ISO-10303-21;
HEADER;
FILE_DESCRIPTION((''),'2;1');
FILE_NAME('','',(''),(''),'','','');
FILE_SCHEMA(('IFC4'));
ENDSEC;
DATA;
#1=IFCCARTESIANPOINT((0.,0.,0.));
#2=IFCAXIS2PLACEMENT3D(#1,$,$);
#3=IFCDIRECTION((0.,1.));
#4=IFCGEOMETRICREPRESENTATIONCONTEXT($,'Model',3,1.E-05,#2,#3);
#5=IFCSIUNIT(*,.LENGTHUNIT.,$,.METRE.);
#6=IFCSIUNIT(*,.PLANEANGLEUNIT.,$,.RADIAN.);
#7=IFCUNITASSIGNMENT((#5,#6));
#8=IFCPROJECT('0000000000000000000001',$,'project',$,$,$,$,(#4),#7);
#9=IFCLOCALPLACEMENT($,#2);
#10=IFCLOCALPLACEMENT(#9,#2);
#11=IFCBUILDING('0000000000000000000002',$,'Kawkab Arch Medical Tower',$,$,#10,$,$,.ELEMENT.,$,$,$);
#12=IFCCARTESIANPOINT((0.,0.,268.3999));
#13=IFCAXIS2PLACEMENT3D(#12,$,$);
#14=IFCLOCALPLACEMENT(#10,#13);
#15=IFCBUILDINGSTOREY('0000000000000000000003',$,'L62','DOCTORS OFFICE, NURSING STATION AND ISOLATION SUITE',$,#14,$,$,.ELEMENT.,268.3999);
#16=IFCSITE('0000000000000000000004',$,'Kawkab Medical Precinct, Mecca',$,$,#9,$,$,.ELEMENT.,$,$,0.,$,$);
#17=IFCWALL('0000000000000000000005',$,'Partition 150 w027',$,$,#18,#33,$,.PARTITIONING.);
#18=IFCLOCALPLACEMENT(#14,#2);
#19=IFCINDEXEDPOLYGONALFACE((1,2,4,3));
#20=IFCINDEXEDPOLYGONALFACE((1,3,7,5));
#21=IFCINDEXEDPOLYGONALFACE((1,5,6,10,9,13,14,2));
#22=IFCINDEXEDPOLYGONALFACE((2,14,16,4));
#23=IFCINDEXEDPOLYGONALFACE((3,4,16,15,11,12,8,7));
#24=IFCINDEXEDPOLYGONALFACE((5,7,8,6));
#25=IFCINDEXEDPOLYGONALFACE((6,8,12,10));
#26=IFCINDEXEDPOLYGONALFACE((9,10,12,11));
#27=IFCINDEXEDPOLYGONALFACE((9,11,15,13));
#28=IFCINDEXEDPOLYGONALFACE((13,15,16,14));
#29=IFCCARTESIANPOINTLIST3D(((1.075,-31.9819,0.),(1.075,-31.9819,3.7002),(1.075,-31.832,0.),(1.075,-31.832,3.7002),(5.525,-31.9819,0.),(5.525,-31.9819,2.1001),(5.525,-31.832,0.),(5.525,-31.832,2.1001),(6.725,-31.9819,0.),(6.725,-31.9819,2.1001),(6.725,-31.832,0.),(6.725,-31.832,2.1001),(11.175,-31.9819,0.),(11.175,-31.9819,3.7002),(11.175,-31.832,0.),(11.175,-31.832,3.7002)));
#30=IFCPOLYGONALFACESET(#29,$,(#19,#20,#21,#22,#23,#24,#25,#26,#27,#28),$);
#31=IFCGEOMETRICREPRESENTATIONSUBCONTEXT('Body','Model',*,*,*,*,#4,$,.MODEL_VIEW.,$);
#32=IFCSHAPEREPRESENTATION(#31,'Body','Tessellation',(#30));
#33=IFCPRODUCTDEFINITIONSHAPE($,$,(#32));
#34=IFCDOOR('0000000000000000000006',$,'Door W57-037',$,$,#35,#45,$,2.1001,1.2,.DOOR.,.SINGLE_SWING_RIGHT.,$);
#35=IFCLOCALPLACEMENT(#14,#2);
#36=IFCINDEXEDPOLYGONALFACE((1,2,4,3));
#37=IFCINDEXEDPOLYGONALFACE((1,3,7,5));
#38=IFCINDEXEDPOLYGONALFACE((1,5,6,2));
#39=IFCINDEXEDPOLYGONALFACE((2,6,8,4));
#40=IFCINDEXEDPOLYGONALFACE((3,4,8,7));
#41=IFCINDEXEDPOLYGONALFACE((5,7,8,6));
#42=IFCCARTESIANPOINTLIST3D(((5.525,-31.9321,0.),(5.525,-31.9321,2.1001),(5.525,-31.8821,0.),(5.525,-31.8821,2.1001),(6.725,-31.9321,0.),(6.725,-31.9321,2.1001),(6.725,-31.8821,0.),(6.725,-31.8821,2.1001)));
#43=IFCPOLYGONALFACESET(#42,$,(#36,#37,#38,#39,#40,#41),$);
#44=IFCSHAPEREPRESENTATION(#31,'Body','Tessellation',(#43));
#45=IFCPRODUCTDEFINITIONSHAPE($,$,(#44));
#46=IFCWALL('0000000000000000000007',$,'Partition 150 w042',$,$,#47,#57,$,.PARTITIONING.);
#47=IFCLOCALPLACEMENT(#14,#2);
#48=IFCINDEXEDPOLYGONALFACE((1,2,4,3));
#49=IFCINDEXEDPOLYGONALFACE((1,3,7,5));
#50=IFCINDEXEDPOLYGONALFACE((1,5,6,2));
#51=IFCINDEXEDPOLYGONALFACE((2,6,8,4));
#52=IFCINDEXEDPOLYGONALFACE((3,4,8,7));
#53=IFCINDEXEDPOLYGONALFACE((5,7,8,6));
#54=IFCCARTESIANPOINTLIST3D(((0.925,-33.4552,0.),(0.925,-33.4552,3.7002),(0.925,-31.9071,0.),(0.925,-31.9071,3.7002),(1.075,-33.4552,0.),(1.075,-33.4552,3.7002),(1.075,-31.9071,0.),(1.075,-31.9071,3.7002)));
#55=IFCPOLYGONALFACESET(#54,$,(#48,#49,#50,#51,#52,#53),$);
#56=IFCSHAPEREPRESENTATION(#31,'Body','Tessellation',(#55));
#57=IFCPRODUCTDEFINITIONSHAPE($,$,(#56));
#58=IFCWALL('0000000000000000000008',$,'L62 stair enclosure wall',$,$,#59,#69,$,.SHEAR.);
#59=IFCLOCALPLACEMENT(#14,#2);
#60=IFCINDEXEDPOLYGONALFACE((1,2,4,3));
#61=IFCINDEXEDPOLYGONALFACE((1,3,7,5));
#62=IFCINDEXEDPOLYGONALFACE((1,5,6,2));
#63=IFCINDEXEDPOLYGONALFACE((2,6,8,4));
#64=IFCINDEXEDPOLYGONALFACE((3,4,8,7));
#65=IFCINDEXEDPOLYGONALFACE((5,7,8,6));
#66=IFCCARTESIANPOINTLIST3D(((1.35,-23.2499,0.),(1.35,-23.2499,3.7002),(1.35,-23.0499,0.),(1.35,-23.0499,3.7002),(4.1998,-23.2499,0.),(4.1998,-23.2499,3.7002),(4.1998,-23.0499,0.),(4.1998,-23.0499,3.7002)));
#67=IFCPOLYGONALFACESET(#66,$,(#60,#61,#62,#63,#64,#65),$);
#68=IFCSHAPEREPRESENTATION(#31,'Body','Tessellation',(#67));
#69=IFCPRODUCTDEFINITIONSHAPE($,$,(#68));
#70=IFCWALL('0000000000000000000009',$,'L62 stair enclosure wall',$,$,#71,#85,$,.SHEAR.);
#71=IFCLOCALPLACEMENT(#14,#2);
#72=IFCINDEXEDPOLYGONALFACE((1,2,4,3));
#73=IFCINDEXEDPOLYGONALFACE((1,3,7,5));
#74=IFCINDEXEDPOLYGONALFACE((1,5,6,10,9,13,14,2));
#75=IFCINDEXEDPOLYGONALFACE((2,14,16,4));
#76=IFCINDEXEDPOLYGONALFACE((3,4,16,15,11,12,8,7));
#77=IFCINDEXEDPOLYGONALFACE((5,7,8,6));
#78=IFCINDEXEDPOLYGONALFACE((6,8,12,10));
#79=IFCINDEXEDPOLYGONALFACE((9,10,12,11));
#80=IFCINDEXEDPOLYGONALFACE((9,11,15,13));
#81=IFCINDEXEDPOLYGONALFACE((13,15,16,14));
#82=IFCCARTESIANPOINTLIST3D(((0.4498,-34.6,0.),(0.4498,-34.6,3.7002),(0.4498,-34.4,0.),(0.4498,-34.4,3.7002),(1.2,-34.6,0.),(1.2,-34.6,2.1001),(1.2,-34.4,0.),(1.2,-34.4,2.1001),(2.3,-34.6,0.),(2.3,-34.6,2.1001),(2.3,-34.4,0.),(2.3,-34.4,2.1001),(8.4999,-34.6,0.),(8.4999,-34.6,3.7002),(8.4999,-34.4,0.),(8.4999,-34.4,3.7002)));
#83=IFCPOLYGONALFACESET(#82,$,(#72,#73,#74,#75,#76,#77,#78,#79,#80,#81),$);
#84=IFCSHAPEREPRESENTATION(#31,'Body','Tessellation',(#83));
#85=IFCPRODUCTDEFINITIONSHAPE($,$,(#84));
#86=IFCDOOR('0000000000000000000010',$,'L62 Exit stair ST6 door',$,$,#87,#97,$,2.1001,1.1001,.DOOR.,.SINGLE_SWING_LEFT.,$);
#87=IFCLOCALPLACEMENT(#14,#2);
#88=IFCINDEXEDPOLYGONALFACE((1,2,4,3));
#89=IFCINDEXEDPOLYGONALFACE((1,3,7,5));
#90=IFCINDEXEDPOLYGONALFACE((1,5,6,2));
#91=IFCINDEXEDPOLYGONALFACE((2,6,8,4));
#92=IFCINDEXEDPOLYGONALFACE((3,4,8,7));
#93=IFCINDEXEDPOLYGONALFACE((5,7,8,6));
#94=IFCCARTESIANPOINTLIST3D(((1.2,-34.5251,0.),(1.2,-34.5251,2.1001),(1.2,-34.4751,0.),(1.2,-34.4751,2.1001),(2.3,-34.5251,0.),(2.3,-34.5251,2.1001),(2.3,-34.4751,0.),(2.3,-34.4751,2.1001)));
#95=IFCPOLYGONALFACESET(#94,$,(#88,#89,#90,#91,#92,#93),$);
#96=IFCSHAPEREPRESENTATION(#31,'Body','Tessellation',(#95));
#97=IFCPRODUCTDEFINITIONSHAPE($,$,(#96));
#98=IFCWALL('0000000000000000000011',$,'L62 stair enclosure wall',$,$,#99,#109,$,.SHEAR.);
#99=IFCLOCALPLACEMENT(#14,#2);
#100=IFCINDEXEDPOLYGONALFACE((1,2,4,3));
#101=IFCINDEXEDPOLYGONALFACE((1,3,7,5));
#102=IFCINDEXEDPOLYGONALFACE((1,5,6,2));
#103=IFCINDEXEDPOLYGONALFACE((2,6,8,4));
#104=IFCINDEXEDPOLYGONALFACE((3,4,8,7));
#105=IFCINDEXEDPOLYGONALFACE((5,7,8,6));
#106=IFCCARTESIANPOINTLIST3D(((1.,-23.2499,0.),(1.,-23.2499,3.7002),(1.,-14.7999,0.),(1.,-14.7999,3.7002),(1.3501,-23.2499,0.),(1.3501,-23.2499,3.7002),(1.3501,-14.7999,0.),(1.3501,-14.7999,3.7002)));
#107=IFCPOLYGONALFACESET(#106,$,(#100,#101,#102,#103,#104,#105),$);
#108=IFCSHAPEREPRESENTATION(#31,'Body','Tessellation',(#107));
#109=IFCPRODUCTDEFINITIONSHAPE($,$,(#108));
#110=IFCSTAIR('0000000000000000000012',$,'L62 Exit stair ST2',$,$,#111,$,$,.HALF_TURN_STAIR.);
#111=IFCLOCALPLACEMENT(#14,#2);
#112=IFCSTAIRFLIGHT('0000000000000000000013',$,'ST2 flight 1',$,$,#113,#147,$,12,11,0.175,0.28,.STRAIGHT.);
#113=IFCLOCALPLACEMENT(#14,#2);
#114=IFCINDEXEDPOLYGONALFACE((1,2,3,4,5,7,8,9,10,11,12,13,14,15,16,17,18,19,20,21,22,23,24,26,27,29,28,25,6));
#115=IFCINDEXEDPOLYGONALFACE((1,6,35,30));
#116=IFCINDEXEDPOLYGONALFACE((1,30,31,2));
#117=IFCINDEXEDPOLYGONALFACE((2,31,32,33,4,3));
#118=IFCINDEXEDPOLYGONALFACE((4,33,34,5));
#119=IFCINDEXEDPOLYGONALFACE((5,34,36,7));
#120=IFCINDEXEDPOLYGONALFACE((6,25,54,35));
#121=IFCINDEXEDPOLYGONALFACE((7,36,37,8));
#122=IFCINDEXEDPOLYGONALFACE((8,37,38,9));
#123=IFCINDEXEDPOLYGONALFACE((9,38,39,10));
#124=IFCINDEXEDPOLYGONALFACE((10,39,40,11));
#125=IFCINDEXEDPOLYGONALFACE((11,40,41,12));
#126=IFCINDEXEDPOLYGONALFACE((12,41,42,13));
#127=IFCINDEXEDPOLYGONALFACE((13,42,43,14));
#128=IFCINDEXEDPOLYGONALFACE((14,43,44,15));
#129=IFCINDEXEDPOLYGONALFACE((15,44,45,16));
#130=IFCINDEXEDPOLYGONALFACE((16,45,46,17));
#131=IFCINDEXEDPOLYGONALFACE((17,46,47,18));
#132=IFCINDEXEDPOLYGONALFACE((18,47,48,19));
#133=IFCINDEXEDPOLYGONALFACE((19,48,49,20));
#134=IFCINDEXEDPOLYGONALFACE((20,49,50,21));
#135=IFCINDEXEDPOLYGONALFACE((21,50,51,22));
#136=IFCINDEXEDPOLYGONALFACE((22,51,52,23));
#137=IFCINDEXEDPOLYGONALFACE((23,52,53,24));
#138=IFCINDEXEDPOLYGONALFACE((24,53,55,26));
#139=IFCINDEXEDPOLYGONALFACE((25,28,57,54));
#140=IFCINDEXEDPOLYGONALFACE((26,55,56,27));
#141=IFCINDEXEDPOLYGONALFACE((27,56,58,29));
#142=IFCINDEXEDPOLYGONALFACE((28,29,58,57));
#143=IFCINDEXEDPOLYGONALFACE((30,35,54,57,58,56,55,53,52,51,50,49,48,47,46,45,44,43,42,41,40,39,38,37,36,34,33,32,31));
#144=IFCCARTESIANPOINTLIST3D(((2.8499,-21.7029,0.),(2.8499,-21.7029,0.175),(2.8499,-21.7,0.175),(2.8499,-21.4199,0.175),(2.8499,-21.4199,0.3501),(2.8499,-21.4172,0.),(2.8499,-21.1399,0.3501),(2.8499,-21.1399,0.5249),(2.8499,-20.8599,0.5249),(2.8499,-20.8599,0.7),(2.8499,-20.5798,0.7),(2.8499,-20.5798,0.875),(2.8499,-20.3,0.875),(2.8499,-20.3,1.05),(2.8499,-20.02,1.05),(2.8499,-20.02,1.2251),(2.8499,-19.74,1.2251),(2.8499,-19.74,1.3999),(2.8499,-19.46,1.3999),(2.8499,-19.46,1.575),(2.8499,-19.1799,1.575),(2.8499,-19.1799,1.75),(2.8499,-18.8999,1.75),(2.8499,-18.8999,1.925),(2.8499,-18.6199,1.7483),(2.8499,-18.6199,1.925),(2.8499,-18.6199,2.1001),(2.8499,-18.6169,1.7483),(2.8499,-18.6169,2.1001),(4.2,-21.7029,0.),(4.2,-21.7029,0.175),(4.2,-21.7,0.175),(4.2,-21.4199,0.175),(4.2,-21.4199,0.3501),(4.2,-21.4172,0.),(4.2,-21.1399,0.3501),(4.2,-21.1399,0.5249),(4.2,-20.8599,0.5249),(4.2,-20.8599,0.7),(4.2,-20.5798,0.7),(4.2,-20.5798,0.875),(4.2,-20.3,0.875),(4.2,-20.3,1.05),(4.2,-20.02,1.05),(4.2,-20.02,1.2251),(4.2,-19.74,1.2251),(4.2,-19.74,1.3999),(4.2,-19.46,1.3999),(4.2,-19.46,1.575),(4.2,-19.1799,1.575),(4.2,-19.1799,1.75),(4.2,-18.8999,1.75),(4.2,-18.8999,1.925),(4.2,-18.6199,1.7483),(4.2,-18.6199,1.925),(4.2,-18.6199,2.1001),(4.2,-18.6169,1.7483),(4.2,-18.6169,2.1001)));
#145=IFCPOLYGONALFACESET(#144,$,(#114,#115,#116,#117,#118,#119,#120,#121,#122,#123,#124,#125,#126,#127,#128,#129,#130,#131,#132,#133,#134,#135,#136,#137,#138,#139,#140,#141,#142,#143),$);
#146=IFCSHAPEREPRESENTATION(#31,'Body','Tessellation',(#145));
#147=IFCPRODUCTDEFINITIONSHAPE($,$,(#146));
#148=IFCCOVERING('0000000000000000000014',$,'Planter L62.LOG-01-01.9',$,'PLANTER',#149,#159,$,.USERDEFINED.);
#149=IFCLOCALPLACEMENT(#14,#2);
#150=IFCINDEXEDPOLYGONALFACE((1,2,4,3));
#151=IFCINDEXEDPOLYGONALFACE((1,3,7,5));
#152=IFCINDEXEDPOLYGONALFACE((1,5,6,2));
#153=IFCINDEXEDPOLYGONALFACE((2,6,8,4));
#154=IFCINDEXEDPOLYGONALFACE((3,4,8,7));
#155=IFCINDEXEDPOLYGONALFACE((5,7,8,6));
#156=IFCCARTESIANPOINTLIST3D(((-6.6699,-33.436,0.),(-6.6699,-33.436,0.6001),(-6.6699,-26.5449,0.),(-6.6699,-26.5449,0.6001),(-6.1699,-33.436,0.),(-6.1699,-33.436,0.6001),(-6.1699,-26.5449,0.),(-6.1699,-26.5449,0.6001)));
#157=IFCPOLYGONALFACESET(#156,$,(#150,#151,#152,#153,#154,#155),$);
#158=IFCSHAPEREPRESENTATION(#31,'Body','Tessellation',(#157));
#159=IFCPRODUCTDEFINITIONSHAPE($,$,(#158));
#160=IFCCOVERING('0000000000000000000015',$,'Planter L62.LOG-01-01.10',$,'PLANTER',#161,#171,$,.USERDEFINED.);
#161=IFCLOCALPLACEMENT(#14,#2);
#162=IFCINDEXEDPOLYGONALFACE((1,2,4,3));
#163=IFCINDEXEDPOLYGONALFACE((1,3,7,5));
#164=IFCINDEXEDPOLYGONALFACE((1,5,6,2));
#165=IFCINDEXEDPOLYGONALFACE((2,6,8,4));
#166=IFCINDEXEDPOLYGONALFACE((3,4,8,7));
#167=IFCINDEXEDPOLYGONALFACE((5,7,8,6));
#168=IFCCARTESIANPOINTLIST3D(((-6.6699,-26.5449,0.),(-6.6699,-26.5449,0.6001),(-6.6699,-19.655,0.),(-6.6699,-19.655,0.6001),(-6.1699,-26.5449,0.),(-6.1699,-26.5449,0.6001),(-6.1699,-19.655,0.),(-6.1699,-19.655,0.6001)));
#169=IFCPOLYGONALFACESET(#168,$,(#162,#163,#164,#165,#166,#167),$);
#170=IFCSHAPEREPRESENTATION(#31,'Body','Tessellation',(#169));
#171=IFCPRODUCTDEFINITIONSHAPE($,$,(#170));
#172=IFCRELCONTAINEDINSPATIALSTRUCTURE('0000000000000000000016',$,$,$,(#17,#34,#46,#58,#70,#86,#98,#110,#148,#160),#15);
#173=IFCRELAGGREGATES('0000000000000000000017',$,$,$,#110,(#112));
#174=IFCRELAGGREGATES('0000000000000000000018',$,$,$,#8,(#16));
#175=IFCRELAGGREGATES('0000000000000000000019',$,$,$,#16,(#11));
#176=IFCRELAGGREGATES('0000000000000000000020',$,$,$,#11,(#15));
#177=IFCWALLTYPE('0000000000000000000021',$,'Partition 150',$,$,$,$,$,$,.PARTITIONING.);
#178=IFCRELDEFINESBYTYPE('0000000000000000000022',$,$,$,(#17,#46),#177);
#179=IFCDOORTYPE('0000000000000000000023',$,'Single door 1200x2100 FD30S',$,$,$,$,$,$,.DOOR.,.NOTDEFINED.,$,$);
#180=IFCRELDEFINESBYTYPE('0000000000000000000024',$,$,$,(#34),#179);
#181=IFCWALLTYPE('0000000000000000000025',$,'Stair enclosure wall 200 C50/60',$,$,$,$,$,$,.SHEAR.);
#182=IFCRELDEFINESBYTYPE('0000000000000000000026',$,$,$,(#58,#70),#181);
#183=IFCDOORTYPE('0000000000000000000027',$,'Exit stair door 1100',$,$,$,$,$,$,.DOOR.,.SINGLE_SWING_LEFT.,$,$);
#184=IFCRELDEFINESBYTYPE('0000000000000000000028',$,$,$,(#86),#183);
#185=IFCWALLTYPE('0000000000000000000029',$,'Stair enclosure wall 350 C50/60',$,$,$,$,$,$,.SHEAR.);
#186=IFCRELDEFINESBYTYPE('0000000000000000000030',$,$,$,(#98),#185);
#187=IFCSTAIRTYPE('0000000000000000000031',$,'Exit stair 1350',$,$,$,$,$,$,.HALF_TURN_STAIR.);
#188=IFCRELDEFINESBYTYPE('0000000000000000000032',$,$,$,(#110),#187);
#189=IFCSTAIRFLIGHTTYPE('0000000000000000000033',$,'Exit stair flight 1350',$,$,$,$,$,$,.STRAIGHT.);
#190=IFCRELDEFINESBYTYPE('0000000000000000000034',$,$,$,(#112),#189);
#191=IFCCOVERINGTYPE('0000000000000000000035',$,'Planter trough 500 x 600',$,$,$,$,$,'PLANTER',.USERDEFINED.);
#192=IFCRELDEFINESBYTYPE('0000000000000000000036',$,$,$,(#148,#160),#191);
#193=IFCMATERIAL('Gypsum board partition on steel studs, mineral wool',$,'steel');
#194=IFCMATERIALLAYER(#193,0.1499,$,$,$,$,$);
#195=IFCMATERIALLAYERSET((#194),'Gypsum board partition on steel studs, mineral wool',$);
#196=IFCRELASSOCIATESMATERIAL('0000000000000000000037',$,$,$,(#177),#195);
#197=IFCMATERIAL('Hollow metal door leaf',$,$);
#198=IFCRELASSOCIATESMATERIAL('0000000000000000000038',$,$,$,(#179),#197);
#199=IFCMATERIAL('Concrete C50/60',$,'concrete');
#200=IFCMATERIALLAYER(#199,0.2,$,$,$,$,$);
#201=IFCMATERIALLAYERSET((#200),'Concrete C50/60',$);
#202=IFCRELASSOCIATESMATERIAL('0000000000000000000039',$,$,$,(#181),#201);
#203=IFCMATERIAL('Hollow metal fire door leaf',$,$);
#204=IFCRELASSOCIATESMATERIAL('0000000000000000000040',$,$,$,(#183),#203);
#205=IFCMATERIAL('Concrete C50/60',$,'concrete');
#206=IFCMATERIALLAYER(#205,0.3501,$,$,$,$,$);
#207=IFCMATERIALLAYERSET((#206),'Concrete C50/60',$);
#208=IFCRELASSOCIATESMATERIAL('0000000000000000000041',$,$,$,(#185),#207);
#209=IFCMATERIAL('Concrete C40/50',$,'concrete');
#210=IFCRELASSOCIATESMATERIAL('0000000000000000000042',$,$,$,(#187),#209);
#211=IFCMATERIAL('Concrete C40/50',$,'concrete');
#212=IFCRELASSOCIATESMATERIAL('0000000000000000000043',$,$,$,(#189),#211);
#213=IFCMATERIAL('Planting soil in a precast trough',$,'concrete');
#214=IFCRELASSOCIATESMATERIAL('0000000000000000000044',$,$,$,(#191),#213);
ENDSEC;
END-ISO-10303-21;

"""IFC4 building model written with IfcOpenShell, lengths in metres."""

from ifc_helpers import new_model, si_unit, direction, frame, frame_2d, origin, origin_2d, place, context, subcontext, project, spatial, polyline, rectangle, outline, extrude, material, layer, layer_set, material_profile, profile_set, type_object, element, fill, aggregate, save


model = new_model("IFC4")

# Units and contexts
model_context = context("Model", 3, precision=1e-05, world=origin(), true_north=direction((0.0, 1.0)))
body_context = subcontext(model_context, "Body", "Model", "MODEL_VIEW")
ifc_project = project(units=[si_unit("LENGTHUNIT", "METRE"), si_unit("PLANEANGLEUNIT", "RADIAN")], contexts=[model_context])

# Site, building, storey
site_placement = place(None, origin())
site = spatial("IfcSite", under=ifc_project, at=site_placement, Name="Kawkab Medical Precinct, Mecca", CompositionType="ELEMENT", RefElevation=0.0)
building_placement = place(site_placement, origin())
building = spatial("IfcBuilding", under=site, at=building_placement, Name="Kawkab Arch Medical Tower", CompositionType="ELEMENT")
storey_placement = place(building_placement, frame((0.0, 0.0, 268.3999)))
storey = spatial("IfcBuildingStorey", under=building, at=storey_placement, Name="L62", Description="DOCTORS OFFICE, NURSING STATION AND ISOLATION SUITE", CompositionType="ELEMENT", Elevation=268.3999)

# Shared definitions
placement = place(storey_placement, origin())

# Shared definitions
ifc_material_1 = material(Name="Gypsum board partition on steel studs, mineral wool", Category="steel")
ifc_layer_1 = layer(ifc_material_1, 0.1499)
ifc_layer_set_1 = layer_set([ifc_layer_1], Name="Gypsum board partition on steel studs, mineral wool")
wall_type_1 = type_object("IfcWallType", Name="Partition 150", PredefinedType="PARTITIONING", material=ifc_layer_set_1)

# Wall, opening, door
wall_1_placement = place(storey_placement, frame((1.075, -31.907, 0.0), z_axis=(0.0, 0.0, 1.0), x_axis=(1.0, 0.0, 0.0)))
wall_1 = element("IfcWall", 1, at=wall_1_placement, inside=storey, type_object=wall_type_1, Name="Partition 150 w027", PredefinedType="PARTITIONING", context=body_context, shape_type="SweptSolid", body=[
    extrude(rectangle(XDim=10.1001, YDim=0.1499, at=frame_2d((5.05, 0.0))), origin(), (0.0, 0.0, 1.0), 3.7002),
])
opening_1_placement = place(wall_1_placement, frame((4.45, 0.0, 0.0)))
opening_1 = element("IfcOpeningElement", 2, at=opening_1_placement, cuts=wall_1, PredefinedType="OPENING", context=body_context, shape_type="SweptSolid", body=[
    extrude(rectangle(XDim=1.2, YDim=2.1001, at=frame_2d((0.6001, 1.05))), frame((0.0, 0.085, 0.0), z_axis=(0.0, -1.0, 0.0), x_axis=(1.0, 0.0, 0.0)), (0.0, 0.0, 1.0), 0.1699),
])
ifc_material_2 = material(Name="Hollow metal door leaf")
door_type_1 = type_object("IfcDoorType", Name="Single door 1200x2100 FD30S", OperationType="NOTDEFINED", PredefinedType="DOOR", material=ifc_material_2)
door_1_placement = place(opening_1_placement, origin())
door_1 = element("IfcDoor", 3, at=door_1_placement, inside=storey, type_object=door_type_1, Name="Door W57-037", OperationType="SINGLE_SWING_RIGHT", OverallHeight=2.1001, OverallWidth=1.2, PredefinedType="DOOR", context=body_context, shape_type="SweptSolid", body=[
    extrude(rectangle(XDim=1.2, YDim=2.1001, at=frame_2d((0.6001, 1.05))), frame((0.0, 0.0249, 0.0), z_axis=(0.0, -1.0, 0.0), x_axis=(1.0, 0.0, 0.0)), (0.0, 0.0, 1.0), 0.05),
])
fill(opening_1, door_1)

# Walls
wall_2_placement = place(storey_placement, frame((1.0, -33.4551, 0.0), z_axis=(0.0, 0.0, 1.0), x_axis=(0.0, 1.0, 0.0)))
element("IfcWall", 4, at=wall_2_placement, inside=storey, type_object=wall_type_1, Name="Partition 150 w042", PredefinedType="PARTITIONING", context=body_context, shape_type="SweptSolid", body=[
    extrude(rectangle(XDim=1.5481, YDim=0.1499, at=frame_2d((0.7739, 0.0))), origin(), (0.0, 0.0, 1.0), 3.7002),
])
ifc_material_3 = material(Name="Concrete C50/60", Category="concrete")
ifc_layer_2 = layer(ifc_material_3, 0.2)
ifc_layer_set_2 = layer_set([ifc_layer_2], Name="Concrete C50/60")
wall_type_2 = type_object("IfcWallType", Name="Stair enclosure wall 200 C50/60", PredefinedType="SHEAR", material=ifc_layer_set_2)
wall_3_placement = place(storey_placement, frame((1.3501, -23.1499, 0.0), z_axis=(0.0, 0.0, 1.0), x_axis=(1.0, 0.0, 0.0)))
element("IfcWall", 5, at=wall_3_placement, inside=storey, type_object=wall_type_2, Name="L62 stair enclosure wall", PredefinedType="SHEAR", context=body_context, shape_type="SweptSolid", body=[
    extrude(rectangle(XDim=2.8499, YDim=0.2, at=frame_2d((1.4248, 0.0))), origin(), (0.0, 0.0, 1.0), 3.7002),
])

# Wall, opening, door
wall_4_placement = place(storey_placement, frame((0.45, -34.5, 0.0), z_axis=(0.0, 0.0, 1.0), x_axis=(1.0, 0.0, 0.0)))
wall_4 = element("IfcWall", 6, at=wall_4_placement, inside=storey, type_object=wall_type_2, Name="L62 stair enclosure wall", PredefinedType="SHEAR", context=body_context, shape_type="SweptSolid", body=[
    extrude(rectangle(XDim=8.05, YDim=0.2, at=frame_2d((4.0249, 0.0))), origin(), (0.0, 0.0, 1.0), 3.7002),
])
opening_2_placement = place(wall_4_placement, frame((0.75, 0.0, 0.0)))
opening_2 = element("IfcOpeningElement", 7, at=opening_2_placement, cuts=wall_4, PredefinedType="OPENING", context=body_context, shape_type="SweptSolid", body=[
    extrude(rectangle(XDim=1.1001, YDim=2.1001, at=frame_2d((0.55, 1.05))), frame((0.0, 0.1099, 0.0), z_axis=(0.0, -1.0, 0.0), x_axis=(1.0, 0.0, 0.0)), (0.0, 0.0, 1.0), 0.22),
])
ifc_material_4 = material(Name="Hollow metal fire door leaf")
door_type_2 = type_object("IfcDoorType", Name="Exit stair door 1100", OperationType="SINGLE_SWING_LEFT", PredefinedType="DOOR", material=ifc_material_4)
door_2_placement = place(opening_2_placement, origin())
door_2 = element("IfcDoor", 8, at=door_2_placement, inside=storey, type_object=door_type_2, Name="L62 Exit stair ST6 door", OperationType="SINGLE_SWING_LEFT", OverallHeight=2.1001, OverallWidth=1.1001, PredefinedType="DOOR", context=body_context, shape_type="SweptSolid", body=[
    extrude(rectangle(XDim=1.1001, YDim=2.1001, at=frame_2d((0.55, 1.05))), frame((0.0, 0.0249, 0.0), z_axis=(0.0, -1.0, 0.0), x_axis=(1.0, 0.0, 0.0)), (0.0, 0.0, 1.0), 0.05),
])
fill(opening_2, door_2)

# Wall
ifc_material_5 = material(Name="Concrete C50/60", Category="concrete")
ifc_layer_3 = layer(ifc_material_5, 0.3501)
ifc_layer_set_3 = layer_set([ifc_layer_3], Name="Concrete C50/60")
wall_type_3 = type_object("IfcWallType", Name="Stair enclosure wall 350 C50/60", PredefinedType="SHEAR", material=ifc_layer_set_3)
wall_5_placement = place(storey_placement, frame((1.175, -23.25, 0.0), z_axis=(0.0, 0.0, 1.0), x_axis=(0.0, 1.0, 0.0)))
element("IfcWall", 9, at=wall_5_placement, inside=storey, type_object=wall_type_3, Name="L62 stair enclosure wall", PredefinedType="SHEAR", context=body_context, shape_type="SweptSolid", body=[
    extrude(rectangle(XDim=8.45, YDim=0.3501, at=frame_2d((4.2251, 0.0))), origin(), (0.0, 0.0, 1.0), 3.7002),
])

# Stair, stair flight
ifc_material_6 = material(Name="Concrete C40/50", Category="concrete")
stair_type = type_object("IfcStairType", Name="Exit stair 1350", PredefinedType="HALF_TURN_STAIR", material=ifc_material_6)
stair = element("IfcStair", 10, at=placement, inside=storey, type_object=stair_type, Name="L62 Exit stair ST2", PredefinedType="HALF_TURN_STAIR")
ifc_material_7 = material(Name="Concrete C40/50", Category="concrete")
stair_flight_type = type_object("IfcStairFlightType", Name="Exit stair flight 1350", PredefinedType="STRAIGHT", material=ifc_material_7)
stair_flight_placement = place(storey_placement, frame((3.5249, -21.7, 0.0), z_axis=(0.0, 0.0, 1.0), x_axis=(0.0, 1.0, 0.0)))
stair_flight = element("IfcStairFlight", 11, at=stair_flight_placement, type_object=stair_flight_type, Name="ST2 flight 1", NumberOfRisers=12, NumberOfTreads=11, PredefinedType="STRAIGHT", RiserHeight=0.175, TreadLength=0.28, context=body_context, shape_type="SweptSolid", body=[
    extrude(outline(polyline([(-0.0029, 0.0), (-0.0029, 0.175), (0.0, 0.175), (0.28, 0.175), (0.28, 0.3501), (0.5601, 0.3501), (0.5601, 0.5249), (0.8401, 0.5249), (0.8401, 0.7), (1.1201, 0.7), (1.1201, 0.875), (1.3999, 0.875), (1.3999, 1.05), (1.6799, 1.05), (1.6799, 1.2251), (1.96, 1.2251), (1.96, 1.3999), (2.24, 1.3999), (2.24, 1.575), (2.52, 1.575), (2.52, 1.75), (2.8, 1.75), (2.8, 1.925), (3.0801, 1.925), (3.0801, 2.1001), (3.083, 2.1001), (3.083, 1.7483), (3.0801, 1.7483), (0.2827, 0.0), (-0.0029, 0.0)])), frame((0.0, 0.675, 0.0), z_axis=(0.0, -1.0, 0.0), x_axis=(1.0, 0.0, 0.0)), (0.0, 0.0, 1.0), 1.3501),
])
aggregate(stair, [stair_flight])

# Coverings
ifc_material_8 = material(Name="Planting soil in a precast trough", Category="concrete")
ifc_material_profile_1 = material_profile(ifc_material_8, rectangle(XDim=0.5, YDim=0.6001, at=origin_2d()), Name="Trough 500x600")
ifc_profile_set_1 = profile_set([ifc_material_profile_1], Name="Planting soil in a precast trough")
covering_type = type_object("IfcCoveringType", Name="Planter trough 500 x 600", ElementType="PLANTER", PredefinedType="USERDEFINED", material=ifc_profile_set_1)
covering_1_placement = place(storey_placement, frame((-6.4199, -33.436, 0.3), z_axis=(0.0, 1.0, 0.0), x_axis=(-1.0, 0.0, 0.0)))
element("IfcCovering", 12, at=covering_1_placement, inside=storey, type_object=covering_type, Name="Planter L62.LOG-01-01.9", ObjectType="PLANTER", PredefinedType="USERDEFINED", context=body_context, shape_type="SweptSolid", body=[
    extrude(rectangle(XDim=0.5, YDim=0.6001, at=origin_2d()), origin(), (0.0, 0.0, 1.0), 6.8911),
])
covering_2_placement = place(storey_placement, frame((-6.4199, -26.5449, 0.3), z_axis=(0.0, 1.0, 0.0), x_axis=(-1.0, 0.0, 0.0)))
element("IfcCovering", 13, at=covering_2_placement, inside=storey, type_object=covering_type, Name="Planter L62.LOG-01-01.10", ObjectType="PLANTER", PredefinedType="USERDEFINED", context=body_context, shape_type="SweptSolid", body=[
    extrude(rectangle(XDim=0.5, YDim=0.6001, at=origin_2d()), origin(), (0.0, 0.0, 1.0), 6.8899),
])

save(model, "model.ifc")
